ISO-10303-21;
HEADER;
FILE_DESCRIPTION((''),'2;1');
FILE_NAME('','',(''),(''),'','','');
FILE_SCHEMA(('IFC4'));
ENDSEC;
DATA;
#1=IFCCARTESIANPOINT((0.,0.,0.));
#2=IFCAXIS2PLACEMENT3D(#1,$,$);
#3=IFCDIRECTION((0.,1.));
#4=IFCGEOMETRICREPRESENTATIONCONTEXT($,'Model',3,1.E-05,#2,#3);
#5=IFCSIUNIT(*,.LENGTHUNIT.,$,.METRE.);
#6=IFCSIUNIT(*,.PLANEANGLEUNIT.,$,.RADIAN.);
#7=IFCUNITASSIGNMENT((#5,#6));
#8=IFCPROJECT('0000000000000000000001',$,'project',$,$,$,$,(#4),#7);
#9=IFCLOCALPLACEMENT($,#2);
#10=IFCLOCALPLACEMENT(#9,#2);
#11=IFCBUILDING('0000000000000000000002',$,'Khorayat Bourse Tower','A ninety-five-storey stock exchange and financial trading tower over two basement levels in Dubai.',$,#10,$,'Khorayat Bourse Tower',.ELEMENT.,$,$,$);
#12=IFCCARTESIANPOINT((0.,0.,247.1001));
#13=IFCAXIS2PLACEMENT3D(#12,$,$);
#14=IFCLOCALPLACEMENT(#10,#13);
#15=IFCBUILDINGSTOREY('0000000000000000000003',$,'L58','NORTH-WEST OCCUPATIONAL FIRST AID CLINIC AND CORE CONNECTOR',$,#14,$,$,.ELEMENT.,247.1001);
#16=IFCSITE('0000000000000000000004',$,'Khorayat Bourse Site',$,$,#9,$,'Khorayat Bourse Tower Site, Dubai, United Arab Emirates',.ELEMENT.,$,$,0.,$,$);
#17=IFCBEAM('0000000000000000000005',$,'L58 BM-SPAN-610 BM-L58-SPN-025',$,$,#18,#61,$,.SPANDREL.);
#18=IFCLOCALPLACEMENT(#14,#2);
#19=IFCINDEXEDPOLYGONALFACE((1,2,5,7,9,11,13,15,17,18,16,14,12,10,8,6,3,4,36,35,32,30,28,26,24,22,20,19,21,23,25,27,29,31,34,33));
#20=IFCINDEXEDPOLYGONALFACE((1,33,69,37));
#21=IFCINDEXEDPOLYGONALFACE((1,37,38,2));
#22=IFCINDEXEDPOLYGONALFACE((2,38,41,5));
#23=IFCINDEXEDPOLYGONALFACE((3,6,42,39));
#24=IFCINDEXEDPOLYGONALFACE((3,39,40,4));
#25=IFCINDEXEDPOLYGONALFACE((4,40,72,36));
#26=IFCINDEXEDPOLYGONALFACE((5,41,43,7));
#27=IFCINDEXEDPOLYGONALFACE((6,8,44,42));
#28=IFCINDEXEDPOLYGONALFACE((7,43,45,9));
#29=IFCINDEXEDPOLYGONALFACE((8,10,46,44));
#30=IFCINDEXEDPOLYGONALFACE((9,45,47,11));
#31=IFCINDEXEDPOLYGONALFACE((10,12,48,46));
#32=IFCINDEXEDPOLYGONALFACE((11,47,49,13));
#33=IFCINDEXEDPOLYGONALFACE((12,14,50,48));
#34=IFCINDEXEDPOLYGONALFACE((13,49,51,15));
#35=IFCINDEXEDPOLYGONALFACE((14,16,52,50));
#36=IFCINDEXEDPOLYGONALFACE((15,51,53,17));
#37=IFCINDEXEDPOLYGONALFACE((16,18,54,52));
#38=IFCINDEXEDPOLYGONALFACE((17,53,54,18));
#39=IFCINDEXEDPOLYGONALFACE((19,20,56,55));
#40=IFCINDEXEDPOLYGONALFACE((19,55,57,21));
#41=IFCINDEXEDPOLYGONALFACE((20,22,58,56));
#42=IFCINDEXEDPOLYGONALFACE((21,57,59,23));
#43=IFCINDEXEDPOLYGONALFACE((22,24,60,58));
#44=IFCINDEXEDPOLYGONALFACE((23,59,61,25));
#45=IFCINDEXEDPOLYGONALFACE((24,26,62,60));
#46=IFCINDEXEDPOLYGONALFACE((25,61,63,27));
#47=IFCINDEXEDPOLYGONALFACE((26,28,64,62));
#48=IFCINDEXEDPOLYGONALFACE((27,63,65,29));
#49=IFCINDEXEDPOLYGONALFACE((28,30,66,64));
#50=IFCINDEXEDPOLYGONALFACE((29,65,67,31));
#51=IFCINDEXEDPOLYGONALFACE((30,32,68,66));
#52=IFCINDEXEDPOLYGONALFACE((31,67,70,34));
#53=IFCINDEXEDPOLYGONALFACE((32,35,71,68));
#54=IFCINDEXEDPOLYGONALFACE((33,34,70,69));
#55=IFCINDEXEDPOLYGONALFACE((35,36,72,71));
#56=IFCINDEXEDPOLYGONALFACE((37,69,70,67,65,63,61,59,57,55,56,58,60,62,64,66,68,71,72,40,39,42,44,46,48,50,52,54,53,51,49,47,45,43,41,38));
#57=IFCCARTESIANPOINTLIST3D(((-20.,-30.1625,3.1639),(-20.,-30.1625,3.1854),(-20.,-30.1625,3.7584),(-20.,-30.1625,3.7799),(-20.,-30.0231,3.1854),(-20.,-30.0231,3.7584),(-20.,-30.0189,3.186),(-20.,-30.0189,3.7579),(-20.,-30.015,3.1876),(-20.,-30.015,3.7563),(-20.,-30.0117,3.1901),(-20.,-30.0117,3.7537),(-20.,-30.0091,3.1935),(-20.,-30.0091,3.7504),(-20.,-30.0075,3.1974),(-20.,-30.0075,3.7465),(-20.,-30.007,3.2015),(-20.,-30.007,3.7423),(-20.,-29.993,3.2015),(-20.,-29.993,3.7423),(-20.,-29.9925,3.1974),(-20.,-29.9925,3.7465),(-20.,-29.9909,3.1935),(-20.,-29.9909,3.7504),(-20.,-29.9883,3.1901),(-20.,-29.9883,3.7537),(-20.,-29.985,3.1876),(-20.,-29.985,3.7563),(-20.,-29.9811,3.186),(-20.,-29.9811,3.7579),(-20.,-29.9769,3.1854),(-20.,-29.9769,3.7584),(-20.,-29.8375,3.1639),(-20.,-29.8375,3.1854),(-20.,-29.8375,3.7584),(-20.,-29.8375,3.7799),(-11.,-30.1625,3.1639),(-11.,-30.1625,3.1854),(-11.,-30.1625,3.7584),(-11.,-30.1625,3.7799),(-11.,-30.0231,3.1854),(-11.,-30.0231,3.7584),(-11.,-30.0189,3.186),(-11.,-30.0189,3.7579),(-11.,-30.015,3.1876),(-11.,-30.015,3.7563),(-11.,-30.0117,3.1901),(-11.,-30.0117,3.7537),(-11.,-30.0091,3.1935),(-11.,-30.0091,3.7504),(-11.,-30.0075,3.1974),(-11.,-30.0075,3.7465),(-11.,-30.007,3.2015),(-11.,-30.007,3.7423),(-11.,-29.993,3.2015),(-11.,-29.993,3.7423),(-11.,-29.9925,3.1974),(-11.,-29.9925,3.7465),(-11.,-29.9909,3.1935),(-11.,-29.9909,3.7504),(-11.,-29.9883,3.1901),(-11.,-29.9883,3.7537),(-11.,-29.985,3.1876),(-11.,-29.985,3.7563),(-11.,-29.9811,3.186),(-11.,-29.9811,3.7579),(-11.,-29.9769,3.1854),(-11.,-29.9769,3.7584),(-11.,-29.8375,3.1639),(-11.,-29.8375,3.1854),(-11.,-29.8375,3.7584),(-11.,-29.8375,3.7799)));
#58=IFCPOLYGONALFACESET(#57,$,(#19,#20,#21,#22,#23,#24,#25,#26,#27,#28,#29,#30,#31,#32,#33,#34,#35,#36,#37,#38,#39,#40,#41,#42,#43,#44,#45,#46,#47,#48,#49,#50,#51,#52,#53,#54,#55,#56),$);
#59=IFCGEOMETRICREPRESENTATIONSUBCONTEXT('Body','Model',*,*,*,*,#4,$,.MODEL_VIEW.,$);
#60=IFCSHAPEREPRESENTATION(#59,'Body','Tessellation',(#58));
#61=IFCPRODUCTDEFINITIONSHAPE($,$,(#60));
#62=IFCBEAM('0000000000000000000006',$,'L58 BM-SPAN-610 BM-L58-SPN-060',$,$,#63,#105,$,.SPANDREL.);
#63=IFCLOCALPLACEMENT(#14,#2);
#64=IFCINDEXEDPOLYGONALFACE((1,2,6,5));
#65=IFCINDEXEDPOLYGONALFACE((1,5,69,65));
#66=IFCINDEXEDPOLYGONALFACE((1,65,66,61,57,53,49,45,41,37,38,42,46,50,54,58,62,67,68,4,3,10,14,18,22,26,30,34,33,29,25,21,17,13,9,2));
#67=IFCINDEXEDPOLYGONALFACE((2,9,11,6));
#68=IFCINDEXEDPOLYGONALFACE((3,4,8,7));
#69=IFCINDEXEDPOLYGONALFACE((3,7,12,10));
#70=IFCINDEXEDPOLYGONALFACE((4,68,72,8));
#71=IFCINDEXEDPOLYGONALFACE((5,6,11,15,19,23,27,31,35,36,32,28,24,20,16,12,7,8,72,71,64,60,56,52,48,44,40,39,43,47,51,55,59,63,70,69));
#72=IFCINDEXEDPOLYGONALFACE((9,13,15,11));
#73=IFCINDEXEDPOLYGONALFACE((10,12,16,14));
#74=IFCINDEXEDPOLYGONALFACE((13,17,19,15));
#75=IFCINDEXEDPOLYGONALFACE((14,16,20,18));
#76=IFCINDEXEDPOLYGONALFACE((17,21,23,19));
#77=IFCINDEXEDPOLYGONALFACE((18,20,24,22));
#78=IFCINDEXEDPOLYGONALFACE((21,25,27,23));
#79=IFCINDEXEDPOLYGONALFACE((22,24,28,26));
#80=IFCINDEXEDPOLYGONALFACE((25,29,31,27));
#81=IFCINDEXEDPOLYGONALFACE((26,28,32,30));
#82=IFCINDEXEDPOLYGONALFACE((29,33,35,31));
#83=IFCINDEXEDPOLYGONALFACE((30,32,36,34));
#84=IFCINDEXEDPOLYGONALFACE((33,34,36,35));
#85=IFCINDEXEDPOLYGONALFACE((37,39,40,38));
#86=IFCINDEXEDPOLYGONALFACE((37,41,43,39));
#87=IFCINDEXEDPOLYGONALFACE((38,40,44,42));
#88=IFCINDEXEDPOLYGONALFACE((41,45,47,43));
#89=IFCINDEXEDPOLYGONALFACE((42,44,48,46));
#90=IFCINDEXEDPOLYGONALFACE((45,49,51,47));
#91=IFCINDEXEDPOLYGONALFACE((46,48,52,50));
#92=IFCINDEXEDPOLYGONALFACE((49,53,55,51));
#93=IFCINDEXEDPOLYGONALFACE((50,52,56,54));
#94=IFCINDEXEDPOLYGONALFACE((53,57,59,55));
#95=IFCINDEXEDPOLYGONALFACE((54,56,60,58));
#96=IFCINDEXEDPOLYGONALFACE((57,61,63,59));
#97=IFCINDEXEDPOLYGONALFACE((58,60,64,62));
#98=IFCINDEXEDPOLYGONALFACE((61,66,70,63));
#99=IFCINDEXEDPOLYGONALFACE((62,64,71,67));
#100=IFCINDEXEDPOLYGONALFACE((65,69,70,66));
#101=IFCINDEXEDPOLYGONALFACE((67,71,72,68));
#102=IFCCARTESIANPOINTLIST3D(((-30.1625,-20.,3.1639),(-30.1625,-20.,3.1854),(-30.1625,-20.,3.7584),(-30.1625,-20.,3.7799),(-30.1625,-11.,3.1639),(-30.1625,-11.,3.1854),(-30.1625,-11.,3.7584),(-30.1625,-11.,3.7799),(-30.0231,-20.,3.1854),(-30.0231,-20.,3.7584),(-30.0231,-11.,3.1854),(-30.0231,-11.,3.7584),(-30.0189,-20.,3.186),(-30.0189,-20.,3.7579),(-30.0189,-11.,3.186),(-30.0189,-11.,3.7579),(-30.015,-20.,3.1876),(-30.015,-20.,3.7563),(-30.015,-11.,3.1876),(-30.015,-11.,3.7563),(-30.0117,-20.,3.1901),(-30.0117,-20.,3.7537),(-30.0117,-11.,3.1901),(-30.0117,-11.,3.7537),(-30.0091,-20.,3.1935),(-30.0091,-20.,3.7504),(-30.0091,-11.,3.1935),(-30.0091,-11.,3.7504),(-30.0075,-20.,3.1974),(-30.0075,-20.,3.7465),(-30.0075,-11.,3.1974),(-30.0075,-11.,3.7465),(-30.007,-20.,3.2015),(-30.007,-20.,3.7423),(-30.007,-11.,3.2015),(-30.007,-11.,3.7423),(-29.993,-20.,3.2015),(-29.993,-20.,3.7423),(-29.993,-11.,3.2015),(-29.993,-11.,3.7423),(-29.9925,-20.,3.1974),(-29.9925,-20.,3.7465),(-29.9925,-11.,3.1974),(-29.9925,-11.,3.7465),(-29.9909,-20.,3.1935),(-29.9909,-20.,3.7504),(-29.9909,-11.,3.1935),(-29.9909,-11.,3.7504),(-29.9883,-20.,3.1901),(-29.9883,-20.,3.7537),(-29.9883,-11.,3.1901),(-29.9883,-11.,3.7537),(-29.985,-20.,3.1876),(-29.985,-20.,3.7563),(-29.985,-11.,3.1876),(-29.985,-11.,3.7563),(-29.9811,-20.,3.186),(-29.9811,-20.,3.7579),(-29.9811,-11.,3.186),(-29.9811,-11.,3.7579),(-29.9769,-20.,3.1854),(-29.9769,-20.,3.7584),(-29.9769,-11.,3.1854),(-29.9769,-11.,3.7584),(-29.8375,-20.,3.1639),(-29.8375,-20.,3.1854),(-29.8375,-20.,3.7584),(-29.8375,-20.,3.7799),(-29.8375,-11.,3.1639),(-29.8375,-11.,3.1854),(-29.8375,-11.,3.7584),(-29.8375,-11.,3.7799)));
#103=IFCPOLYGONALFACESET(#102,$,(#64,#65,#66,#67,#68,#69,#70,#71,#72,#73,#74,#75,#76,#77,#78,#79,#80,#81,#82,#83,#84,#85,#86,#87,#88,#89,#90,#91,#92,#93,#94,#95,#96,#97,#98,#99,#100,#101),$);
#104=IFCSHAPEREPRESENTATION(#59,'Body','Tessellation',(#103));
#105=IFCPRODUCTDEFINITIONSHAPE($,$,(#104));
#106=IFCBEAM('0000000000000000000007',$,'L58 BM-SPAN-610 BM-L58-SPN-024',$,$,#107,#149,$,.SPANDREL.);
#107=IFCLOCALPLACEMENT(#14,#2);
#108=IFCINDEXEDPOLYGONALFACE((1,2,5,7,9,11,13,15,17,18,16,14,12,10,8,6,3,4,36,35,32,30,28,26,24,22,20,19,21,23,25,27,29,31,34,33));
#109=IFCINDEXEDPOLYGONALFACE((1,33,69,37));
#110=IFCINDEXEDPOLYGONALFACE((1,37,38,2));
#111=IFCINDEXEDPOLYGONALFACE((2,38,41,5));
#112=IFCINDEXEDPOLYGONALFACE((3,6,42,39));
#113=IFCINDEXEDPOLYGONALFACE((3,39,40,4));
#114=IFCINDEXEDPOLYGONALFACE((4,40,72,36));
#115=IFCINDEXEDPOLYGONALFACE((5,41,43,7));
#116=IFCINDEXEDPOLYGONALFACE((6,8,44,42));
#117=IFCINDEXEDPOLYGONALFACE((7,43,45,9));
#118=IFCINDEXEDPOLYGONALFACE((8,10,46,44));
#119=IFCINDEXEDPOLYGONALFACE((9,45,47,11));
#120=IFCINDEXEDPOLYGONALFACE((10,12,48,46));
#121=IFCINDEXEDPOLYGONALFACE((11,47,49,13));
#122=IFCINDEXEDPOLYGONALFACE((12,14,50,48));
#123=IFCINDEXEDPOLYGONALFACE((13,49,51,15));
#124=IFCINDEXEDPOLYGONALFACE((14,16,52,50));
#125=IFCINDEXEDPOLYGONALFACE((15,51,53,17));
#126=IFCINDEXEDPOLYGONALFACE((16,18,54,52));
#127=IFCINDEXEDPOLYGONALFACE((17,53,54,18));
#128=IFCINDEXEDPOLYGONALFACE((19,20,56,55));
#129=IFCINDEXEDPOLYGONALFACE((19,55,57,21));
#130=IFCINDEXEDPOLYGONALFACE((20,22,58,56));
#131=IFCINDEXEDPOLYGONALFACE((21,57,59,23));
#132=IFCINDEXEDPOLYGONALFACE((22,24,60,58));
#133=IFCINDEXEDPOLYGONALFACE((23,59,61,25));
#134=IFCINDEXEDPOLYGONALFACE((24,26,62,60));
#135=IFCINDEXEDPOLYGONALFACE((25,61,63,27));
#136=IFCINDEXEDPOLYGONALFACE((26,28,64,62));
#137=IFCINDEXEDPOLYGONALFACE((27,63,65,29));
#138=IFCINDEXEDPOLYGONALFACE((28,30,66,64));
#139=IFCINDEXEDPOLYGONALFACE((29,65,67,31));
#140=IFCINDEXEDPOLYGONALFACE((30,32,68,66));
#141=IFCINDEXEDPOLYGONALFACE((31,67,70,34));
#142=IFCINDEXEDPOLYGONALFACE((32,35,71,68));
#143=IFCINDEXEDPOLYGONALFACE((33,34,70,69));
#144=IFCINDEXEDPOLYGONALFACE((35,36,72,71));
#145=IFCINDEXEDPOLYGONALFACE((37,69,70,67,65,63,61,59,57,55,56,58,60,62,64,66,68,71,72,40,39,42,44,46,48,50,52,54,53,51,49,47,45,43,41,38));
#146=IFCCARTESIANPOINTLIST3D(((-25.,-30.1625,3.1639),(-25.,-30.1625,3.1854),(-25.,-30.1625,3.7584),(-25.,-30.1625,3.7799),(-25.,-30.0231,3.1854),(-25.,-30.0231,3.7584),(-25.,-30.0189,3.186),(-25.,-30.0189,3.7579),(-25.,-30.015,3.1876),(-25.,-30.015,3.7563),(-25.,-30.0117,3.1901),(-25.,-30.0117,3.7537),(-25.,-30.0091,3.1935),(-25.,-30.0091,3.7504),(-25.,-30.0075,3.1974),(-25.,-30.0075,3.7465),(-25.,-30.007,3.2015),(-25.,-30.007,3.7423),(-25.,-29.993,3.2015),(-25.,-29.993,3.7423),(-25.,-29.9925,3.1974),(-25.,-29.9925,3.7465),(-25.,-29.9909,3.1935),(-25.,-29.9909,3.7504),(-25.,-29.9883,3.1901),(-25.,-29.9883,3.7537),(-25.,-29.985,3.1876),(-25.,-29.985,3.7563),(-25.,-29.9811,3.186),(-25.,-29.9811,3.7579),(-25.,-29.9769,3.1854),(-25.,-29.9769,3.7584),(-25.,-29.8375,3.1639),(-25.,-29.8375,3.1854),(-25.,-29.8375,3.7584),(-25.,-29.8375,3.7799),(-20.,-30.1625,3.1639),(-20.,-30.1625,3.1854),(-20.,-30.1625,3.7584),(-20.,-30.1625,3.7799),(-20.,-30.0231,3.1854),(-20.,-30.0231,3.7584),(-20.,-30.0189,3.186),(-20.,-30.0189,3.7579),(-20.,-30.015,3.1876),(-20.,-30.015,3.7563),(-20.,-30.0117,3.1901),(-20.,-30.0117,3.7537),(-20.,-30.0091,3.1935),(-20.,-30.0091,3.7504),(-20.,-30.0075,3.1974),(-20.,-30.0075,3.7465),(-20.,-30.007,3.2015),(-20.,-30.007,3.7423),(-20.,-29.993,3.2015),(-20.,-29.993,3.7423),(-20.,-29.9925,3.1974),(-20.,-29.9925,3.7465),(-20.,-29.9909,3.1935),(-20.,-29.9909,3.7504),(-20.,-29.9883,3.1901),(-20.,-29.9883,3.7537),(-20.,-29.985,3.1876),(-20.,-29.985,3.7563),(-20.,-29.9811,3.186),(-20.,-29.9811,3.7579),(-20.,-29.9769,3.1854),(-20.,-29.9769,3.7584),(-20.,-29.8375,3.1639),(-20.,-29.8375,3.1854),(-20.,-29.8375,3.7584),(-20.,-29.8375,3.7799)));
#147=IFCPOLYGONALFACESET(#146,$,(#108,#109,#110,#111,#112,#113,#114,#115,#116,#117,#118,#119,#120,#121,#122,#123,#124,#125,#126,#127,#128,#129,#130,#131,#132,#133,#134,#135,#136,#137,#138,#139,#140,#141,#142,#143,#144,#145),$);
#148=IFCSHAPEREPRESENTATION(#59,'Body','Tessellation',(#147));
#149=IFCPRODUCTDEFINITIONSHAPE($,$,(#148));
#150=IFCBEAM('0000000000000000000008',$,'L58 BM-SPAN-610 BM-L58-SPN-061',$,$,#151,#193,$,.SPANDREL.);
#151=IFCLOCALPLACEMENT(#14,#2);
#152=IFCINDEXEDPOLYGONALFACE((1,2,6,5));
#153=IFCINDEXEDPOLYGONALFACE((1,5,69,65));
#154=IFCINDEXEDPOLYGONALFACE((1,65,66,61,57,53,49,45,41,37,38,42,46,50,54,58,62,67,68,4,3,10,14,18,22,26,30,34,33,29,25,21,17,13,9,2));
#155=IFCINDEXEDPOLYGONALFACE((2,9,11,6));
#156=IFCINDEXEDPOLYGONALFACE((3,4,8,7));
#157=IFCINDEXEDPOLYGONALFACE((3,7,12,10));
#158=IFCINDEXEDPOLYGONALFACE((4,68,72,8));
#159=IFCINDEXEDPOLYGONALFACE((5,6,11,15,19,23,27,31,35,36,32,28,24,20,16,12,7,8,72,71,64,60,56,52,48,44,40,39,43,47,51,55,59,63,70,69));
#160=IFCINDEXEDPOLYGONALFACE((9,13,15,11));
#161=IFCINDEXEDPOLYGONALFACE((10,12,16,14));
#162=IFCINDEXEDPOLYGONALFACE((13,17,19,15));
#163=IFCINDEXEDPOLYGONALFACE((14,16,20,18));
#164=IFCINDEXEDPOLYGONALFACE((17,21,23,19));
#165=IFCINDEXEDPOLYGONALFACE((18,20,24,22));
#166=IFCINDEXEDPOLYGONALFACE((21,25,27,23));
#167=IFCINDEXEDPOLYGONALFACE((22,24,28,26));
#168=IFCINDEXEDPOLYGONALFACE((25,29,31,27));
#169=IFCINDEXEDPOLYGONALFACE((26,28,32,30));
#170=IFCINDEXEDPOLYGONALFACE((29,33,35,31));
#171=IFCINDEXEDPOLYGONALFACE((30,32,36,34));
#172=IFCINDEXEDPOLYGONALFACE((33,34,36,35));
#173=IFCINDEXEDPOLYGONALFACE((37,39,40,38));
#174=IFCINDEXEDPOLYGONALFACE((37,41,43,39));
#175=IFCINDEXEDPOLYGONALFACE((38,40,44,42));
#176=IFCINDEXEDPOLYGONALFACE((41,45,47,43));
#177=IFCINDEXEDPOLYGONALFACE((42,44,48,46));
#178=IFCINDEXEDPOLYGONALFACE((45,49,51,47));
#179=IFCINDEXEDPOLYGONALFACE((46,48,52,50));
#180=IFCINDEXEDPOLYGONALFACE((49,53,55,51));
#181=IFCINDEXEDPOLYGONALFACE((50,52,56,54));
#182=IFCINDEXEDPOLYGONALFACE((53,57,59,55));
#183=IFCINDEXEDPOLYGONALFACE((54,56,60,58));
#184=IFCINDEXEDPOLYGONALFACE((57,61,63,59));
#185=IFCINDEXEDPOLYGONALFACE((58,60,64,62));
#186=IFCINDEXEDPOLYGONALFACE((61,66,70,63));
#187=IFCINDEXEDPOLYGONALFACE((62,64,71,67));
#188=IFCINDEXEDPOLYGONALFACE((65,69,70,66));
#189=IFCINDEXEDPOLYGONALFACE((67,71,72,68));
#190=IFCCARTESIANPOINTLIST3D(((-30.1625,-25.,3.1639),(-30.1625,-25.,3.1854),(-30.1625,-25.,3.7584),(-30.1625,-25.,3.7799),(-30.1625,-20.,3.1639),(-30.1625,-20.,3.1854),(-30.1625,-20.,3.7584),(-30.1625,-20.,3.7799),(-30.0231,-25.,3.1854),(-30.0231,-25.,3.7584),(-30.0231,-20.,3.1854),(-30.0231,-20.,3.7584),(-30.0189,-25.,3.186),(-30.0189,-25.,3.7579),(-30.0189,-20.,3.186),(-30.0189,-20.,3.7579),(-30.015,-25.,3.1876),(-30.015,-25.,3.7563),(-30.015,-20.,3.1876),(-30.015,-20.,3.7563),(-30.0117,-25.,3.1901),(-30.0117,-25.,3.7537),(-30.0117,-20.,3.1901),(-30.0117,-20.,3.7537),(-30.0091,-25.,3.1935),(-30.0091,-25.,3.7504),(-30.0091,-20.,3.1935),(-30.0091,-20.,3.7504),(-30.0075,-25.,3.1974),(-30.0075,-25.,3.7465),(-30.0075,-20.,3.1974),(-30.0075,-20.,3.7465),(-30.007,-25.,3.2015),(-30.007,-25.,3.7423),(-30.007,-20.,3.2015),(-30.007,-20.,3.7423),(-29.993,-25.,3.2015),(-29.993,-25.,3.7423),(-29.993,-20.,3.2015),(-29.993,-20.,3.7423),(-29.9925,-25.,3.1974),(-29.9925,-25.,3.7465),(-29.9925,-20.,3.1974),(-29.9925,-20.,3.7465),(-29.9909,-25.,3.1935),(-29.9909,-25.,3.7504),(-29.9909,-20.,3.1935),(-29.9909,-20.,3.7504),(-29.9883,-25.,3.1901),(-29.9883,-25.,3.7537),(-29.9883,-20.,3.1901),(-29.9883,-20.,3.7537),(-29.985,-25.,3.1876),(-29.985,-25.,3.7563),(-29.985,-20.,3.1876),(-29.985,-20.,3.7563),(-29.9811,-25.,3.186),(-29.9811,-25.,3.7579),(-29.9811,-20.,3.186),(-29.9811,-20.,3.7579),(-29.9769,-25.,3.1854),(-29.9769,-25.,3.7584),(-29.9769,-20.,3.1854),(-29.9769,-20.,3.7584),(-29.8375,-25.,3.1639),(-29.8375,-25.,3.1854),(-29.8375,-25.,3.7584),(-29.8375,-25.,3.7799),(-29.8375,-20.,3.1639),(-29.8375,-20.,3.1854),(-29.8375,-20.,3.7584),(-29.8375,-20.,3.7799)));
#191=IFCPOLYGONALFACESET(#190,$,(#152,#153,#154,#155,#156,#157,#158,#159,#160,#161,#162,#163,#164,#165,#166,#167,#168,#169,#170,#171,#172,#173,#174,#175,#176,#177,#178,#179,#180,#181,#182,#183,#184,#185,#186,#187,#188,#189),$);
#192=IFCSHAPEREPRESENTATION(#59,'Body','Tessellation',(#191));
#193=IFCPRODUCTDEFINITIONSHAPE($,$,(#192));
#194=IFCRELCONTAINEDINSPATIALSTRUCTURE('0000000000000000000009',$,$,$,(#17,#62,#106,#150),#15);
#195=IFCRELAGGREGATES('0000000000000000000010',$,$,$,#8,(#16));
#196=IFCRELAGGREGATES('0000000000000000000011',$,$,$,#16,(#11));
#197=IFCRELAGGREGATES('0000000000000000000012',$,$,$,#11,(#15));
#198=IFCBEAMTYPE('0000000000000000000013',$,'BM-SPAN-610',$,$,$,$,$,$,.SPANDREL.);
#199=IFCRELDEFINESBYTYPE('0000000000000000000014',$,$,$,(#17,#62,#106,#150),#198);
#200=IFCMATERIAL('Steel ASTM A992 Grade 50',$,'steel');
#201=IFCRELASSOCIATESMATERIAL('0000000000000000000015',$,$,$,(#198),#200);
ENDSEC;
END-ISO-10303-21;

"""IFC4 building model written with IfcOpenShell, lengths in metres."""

from ifc_helpers import new_model, si_unit, direction, frame, origin, origin_2d, place, context, subcontext, project, spatial, i_section, extrude, source, transform, mapped, material, material_profile, profile_set, type_object, element, save


model = new_model("IFC4")

# Units and contexts
model_context = context("Model", 3, precision=1e-05, world=origin(), true_north=direction((0.0, 1.0)))
body_context = subcontext(model_context, "Body", "Model", "MODEL_VIEW")
ifc_project = project(units=[si_unit("LENGTHUNIT", "METRE"), si_unit("PLANEANGLEUNIT", "RADIAN")], contexts=[model_context])

# Site, building, storey
site_placement = place(None, origin())
site = spatial("IfcSite", under=ifc_project, at=site_placement, Name="Khorayat Bourse Site", LongName="Khorayat Bourse Tower Site, Dubai, United Arab Emirates", CompositionType="ELEMENT", RefElevation=0.0)
building_placement = place(site_placement, origin())
building = spatial("IfcBuilding", under=site, at=building_placement, Name="Khorayat Bourse Tower", Description="A ninety-five-storey stock exchange and financial trading tower over two basement levels in Dubai.", LongName="Khorayat Bourse Tower", CompositionType="ELEMENT")
storey_placement = place(building_placement, frame((0.0, 0.0, 247.1001)))
storey = spatial("IfcBuildingStorey", under=building, at=storey_placement, Name="L58", Description="NORTH-WEST OCCUPATIONAL FIRST AID CLINIC AND CORE CONNECTOR", CompositionType="ELEMENT", Elevation=247.1001)

# Beams
ifc_material_1 = material(Name="Steel ASTM A992 Grade 50", Category="steel")
ifc_material_profile_1 = material_profile(ifc_material_1, i_section(OverallWidth=0.325, OverallDepth=0.616, WebThickness=0.0139, FlangeThickness=0.0215, FilletRadius=0.0161, at=origin_2d()), Name="W610X174")
ifc_profile_set_1 = profile_set([ifc_material_profile_1], Name="Steel ASTM A992 Grade 50")
beam_type_1 = type_object("IfcBeamType", Name="BM-SPAN-610", PredefinedType="SPANDREL", material=ifc_profile_set_1)
shared_shape_1 = source(origin(), body_context, "Body", "SweptSolid", [
    extrude(i_section(OverallWidth=0.325, OverallDepth=0.616, WebThickness=0.0139, FlangeThickness=0.0215, FilletRadius=0.0161, at=origin_2d()), origin(), (0.0, 0.0, 1.0), 9.0),
])
for number, where, z_axis, x_axis, name in (
    (1, (-20.0, -30.0, 3.4719), (1.0, 0.0, 0.0), (0.0, 1.0, 0.0), "L58 BM-SPAN-610 BM-L58-SPN-025"),
    (2, (-30.0, -20.0, 3.4719), (0.0, 1.0, 0.0), (-1.0, 0.0, 0.0), "L58 BM-SPAN-610 BM-L58-SPN-060"),
):
    element("IfcBeam", number, at=place(storey_placement, frame(where, z_axis=z_axis, x_axis=x_axis)), inside=storey, type_object=beam_type_1, Name=name, PredefinedType="SPANDREL", context=body_context, shape_type="MappedRepresentation", body=[
        mapped(shared_shape_1, transform((0.0, 0.0, 0.0), scale=1.0)),
    ])
shared_shape_2 = source(origin(), body_context, "Body", "SweptSolid", [
    extrude(i_section(OverallWidth=0.325, OverallDepth=0.616, WebThickness=0.0139, FlangeThickness=0.0215, FilletRadius=0.0161, at=origin_2d()), origin(), (0.0, 0.0, 1.0), 5.0),
])
for number, where, z_axis, x_axis, name in (
    (3, (-25.0, -30.0, 3.4719), (1.0, 0.0, 0.0), (0.0, 1.0, 0.0), "L58 BM-SPAN-610 BM-L58-SPN-024"),
    (4, (-30.0, -25.0, 3.4719), (0.0, 1.0, 0.0), (-1.0, 0.0, 0.0), "L58 BM-SPAN-610 BM-L58-SPN-061"),
):
    element("IfcBeam", number, at=place(storey_placement, frame(where, z_axis=z_axis, x_axis=x_axis)), inside=storey, type_object=beam_type_1, Name=name, PredefinedType="SPANDREL", context=body_context, shape_type="MappedRepresentation", body=[
        mapped(shared_shape_2, transform((0.0, 0.0, 0.0), scale=1.0)),
    ])

save(model, "model.ifc")
